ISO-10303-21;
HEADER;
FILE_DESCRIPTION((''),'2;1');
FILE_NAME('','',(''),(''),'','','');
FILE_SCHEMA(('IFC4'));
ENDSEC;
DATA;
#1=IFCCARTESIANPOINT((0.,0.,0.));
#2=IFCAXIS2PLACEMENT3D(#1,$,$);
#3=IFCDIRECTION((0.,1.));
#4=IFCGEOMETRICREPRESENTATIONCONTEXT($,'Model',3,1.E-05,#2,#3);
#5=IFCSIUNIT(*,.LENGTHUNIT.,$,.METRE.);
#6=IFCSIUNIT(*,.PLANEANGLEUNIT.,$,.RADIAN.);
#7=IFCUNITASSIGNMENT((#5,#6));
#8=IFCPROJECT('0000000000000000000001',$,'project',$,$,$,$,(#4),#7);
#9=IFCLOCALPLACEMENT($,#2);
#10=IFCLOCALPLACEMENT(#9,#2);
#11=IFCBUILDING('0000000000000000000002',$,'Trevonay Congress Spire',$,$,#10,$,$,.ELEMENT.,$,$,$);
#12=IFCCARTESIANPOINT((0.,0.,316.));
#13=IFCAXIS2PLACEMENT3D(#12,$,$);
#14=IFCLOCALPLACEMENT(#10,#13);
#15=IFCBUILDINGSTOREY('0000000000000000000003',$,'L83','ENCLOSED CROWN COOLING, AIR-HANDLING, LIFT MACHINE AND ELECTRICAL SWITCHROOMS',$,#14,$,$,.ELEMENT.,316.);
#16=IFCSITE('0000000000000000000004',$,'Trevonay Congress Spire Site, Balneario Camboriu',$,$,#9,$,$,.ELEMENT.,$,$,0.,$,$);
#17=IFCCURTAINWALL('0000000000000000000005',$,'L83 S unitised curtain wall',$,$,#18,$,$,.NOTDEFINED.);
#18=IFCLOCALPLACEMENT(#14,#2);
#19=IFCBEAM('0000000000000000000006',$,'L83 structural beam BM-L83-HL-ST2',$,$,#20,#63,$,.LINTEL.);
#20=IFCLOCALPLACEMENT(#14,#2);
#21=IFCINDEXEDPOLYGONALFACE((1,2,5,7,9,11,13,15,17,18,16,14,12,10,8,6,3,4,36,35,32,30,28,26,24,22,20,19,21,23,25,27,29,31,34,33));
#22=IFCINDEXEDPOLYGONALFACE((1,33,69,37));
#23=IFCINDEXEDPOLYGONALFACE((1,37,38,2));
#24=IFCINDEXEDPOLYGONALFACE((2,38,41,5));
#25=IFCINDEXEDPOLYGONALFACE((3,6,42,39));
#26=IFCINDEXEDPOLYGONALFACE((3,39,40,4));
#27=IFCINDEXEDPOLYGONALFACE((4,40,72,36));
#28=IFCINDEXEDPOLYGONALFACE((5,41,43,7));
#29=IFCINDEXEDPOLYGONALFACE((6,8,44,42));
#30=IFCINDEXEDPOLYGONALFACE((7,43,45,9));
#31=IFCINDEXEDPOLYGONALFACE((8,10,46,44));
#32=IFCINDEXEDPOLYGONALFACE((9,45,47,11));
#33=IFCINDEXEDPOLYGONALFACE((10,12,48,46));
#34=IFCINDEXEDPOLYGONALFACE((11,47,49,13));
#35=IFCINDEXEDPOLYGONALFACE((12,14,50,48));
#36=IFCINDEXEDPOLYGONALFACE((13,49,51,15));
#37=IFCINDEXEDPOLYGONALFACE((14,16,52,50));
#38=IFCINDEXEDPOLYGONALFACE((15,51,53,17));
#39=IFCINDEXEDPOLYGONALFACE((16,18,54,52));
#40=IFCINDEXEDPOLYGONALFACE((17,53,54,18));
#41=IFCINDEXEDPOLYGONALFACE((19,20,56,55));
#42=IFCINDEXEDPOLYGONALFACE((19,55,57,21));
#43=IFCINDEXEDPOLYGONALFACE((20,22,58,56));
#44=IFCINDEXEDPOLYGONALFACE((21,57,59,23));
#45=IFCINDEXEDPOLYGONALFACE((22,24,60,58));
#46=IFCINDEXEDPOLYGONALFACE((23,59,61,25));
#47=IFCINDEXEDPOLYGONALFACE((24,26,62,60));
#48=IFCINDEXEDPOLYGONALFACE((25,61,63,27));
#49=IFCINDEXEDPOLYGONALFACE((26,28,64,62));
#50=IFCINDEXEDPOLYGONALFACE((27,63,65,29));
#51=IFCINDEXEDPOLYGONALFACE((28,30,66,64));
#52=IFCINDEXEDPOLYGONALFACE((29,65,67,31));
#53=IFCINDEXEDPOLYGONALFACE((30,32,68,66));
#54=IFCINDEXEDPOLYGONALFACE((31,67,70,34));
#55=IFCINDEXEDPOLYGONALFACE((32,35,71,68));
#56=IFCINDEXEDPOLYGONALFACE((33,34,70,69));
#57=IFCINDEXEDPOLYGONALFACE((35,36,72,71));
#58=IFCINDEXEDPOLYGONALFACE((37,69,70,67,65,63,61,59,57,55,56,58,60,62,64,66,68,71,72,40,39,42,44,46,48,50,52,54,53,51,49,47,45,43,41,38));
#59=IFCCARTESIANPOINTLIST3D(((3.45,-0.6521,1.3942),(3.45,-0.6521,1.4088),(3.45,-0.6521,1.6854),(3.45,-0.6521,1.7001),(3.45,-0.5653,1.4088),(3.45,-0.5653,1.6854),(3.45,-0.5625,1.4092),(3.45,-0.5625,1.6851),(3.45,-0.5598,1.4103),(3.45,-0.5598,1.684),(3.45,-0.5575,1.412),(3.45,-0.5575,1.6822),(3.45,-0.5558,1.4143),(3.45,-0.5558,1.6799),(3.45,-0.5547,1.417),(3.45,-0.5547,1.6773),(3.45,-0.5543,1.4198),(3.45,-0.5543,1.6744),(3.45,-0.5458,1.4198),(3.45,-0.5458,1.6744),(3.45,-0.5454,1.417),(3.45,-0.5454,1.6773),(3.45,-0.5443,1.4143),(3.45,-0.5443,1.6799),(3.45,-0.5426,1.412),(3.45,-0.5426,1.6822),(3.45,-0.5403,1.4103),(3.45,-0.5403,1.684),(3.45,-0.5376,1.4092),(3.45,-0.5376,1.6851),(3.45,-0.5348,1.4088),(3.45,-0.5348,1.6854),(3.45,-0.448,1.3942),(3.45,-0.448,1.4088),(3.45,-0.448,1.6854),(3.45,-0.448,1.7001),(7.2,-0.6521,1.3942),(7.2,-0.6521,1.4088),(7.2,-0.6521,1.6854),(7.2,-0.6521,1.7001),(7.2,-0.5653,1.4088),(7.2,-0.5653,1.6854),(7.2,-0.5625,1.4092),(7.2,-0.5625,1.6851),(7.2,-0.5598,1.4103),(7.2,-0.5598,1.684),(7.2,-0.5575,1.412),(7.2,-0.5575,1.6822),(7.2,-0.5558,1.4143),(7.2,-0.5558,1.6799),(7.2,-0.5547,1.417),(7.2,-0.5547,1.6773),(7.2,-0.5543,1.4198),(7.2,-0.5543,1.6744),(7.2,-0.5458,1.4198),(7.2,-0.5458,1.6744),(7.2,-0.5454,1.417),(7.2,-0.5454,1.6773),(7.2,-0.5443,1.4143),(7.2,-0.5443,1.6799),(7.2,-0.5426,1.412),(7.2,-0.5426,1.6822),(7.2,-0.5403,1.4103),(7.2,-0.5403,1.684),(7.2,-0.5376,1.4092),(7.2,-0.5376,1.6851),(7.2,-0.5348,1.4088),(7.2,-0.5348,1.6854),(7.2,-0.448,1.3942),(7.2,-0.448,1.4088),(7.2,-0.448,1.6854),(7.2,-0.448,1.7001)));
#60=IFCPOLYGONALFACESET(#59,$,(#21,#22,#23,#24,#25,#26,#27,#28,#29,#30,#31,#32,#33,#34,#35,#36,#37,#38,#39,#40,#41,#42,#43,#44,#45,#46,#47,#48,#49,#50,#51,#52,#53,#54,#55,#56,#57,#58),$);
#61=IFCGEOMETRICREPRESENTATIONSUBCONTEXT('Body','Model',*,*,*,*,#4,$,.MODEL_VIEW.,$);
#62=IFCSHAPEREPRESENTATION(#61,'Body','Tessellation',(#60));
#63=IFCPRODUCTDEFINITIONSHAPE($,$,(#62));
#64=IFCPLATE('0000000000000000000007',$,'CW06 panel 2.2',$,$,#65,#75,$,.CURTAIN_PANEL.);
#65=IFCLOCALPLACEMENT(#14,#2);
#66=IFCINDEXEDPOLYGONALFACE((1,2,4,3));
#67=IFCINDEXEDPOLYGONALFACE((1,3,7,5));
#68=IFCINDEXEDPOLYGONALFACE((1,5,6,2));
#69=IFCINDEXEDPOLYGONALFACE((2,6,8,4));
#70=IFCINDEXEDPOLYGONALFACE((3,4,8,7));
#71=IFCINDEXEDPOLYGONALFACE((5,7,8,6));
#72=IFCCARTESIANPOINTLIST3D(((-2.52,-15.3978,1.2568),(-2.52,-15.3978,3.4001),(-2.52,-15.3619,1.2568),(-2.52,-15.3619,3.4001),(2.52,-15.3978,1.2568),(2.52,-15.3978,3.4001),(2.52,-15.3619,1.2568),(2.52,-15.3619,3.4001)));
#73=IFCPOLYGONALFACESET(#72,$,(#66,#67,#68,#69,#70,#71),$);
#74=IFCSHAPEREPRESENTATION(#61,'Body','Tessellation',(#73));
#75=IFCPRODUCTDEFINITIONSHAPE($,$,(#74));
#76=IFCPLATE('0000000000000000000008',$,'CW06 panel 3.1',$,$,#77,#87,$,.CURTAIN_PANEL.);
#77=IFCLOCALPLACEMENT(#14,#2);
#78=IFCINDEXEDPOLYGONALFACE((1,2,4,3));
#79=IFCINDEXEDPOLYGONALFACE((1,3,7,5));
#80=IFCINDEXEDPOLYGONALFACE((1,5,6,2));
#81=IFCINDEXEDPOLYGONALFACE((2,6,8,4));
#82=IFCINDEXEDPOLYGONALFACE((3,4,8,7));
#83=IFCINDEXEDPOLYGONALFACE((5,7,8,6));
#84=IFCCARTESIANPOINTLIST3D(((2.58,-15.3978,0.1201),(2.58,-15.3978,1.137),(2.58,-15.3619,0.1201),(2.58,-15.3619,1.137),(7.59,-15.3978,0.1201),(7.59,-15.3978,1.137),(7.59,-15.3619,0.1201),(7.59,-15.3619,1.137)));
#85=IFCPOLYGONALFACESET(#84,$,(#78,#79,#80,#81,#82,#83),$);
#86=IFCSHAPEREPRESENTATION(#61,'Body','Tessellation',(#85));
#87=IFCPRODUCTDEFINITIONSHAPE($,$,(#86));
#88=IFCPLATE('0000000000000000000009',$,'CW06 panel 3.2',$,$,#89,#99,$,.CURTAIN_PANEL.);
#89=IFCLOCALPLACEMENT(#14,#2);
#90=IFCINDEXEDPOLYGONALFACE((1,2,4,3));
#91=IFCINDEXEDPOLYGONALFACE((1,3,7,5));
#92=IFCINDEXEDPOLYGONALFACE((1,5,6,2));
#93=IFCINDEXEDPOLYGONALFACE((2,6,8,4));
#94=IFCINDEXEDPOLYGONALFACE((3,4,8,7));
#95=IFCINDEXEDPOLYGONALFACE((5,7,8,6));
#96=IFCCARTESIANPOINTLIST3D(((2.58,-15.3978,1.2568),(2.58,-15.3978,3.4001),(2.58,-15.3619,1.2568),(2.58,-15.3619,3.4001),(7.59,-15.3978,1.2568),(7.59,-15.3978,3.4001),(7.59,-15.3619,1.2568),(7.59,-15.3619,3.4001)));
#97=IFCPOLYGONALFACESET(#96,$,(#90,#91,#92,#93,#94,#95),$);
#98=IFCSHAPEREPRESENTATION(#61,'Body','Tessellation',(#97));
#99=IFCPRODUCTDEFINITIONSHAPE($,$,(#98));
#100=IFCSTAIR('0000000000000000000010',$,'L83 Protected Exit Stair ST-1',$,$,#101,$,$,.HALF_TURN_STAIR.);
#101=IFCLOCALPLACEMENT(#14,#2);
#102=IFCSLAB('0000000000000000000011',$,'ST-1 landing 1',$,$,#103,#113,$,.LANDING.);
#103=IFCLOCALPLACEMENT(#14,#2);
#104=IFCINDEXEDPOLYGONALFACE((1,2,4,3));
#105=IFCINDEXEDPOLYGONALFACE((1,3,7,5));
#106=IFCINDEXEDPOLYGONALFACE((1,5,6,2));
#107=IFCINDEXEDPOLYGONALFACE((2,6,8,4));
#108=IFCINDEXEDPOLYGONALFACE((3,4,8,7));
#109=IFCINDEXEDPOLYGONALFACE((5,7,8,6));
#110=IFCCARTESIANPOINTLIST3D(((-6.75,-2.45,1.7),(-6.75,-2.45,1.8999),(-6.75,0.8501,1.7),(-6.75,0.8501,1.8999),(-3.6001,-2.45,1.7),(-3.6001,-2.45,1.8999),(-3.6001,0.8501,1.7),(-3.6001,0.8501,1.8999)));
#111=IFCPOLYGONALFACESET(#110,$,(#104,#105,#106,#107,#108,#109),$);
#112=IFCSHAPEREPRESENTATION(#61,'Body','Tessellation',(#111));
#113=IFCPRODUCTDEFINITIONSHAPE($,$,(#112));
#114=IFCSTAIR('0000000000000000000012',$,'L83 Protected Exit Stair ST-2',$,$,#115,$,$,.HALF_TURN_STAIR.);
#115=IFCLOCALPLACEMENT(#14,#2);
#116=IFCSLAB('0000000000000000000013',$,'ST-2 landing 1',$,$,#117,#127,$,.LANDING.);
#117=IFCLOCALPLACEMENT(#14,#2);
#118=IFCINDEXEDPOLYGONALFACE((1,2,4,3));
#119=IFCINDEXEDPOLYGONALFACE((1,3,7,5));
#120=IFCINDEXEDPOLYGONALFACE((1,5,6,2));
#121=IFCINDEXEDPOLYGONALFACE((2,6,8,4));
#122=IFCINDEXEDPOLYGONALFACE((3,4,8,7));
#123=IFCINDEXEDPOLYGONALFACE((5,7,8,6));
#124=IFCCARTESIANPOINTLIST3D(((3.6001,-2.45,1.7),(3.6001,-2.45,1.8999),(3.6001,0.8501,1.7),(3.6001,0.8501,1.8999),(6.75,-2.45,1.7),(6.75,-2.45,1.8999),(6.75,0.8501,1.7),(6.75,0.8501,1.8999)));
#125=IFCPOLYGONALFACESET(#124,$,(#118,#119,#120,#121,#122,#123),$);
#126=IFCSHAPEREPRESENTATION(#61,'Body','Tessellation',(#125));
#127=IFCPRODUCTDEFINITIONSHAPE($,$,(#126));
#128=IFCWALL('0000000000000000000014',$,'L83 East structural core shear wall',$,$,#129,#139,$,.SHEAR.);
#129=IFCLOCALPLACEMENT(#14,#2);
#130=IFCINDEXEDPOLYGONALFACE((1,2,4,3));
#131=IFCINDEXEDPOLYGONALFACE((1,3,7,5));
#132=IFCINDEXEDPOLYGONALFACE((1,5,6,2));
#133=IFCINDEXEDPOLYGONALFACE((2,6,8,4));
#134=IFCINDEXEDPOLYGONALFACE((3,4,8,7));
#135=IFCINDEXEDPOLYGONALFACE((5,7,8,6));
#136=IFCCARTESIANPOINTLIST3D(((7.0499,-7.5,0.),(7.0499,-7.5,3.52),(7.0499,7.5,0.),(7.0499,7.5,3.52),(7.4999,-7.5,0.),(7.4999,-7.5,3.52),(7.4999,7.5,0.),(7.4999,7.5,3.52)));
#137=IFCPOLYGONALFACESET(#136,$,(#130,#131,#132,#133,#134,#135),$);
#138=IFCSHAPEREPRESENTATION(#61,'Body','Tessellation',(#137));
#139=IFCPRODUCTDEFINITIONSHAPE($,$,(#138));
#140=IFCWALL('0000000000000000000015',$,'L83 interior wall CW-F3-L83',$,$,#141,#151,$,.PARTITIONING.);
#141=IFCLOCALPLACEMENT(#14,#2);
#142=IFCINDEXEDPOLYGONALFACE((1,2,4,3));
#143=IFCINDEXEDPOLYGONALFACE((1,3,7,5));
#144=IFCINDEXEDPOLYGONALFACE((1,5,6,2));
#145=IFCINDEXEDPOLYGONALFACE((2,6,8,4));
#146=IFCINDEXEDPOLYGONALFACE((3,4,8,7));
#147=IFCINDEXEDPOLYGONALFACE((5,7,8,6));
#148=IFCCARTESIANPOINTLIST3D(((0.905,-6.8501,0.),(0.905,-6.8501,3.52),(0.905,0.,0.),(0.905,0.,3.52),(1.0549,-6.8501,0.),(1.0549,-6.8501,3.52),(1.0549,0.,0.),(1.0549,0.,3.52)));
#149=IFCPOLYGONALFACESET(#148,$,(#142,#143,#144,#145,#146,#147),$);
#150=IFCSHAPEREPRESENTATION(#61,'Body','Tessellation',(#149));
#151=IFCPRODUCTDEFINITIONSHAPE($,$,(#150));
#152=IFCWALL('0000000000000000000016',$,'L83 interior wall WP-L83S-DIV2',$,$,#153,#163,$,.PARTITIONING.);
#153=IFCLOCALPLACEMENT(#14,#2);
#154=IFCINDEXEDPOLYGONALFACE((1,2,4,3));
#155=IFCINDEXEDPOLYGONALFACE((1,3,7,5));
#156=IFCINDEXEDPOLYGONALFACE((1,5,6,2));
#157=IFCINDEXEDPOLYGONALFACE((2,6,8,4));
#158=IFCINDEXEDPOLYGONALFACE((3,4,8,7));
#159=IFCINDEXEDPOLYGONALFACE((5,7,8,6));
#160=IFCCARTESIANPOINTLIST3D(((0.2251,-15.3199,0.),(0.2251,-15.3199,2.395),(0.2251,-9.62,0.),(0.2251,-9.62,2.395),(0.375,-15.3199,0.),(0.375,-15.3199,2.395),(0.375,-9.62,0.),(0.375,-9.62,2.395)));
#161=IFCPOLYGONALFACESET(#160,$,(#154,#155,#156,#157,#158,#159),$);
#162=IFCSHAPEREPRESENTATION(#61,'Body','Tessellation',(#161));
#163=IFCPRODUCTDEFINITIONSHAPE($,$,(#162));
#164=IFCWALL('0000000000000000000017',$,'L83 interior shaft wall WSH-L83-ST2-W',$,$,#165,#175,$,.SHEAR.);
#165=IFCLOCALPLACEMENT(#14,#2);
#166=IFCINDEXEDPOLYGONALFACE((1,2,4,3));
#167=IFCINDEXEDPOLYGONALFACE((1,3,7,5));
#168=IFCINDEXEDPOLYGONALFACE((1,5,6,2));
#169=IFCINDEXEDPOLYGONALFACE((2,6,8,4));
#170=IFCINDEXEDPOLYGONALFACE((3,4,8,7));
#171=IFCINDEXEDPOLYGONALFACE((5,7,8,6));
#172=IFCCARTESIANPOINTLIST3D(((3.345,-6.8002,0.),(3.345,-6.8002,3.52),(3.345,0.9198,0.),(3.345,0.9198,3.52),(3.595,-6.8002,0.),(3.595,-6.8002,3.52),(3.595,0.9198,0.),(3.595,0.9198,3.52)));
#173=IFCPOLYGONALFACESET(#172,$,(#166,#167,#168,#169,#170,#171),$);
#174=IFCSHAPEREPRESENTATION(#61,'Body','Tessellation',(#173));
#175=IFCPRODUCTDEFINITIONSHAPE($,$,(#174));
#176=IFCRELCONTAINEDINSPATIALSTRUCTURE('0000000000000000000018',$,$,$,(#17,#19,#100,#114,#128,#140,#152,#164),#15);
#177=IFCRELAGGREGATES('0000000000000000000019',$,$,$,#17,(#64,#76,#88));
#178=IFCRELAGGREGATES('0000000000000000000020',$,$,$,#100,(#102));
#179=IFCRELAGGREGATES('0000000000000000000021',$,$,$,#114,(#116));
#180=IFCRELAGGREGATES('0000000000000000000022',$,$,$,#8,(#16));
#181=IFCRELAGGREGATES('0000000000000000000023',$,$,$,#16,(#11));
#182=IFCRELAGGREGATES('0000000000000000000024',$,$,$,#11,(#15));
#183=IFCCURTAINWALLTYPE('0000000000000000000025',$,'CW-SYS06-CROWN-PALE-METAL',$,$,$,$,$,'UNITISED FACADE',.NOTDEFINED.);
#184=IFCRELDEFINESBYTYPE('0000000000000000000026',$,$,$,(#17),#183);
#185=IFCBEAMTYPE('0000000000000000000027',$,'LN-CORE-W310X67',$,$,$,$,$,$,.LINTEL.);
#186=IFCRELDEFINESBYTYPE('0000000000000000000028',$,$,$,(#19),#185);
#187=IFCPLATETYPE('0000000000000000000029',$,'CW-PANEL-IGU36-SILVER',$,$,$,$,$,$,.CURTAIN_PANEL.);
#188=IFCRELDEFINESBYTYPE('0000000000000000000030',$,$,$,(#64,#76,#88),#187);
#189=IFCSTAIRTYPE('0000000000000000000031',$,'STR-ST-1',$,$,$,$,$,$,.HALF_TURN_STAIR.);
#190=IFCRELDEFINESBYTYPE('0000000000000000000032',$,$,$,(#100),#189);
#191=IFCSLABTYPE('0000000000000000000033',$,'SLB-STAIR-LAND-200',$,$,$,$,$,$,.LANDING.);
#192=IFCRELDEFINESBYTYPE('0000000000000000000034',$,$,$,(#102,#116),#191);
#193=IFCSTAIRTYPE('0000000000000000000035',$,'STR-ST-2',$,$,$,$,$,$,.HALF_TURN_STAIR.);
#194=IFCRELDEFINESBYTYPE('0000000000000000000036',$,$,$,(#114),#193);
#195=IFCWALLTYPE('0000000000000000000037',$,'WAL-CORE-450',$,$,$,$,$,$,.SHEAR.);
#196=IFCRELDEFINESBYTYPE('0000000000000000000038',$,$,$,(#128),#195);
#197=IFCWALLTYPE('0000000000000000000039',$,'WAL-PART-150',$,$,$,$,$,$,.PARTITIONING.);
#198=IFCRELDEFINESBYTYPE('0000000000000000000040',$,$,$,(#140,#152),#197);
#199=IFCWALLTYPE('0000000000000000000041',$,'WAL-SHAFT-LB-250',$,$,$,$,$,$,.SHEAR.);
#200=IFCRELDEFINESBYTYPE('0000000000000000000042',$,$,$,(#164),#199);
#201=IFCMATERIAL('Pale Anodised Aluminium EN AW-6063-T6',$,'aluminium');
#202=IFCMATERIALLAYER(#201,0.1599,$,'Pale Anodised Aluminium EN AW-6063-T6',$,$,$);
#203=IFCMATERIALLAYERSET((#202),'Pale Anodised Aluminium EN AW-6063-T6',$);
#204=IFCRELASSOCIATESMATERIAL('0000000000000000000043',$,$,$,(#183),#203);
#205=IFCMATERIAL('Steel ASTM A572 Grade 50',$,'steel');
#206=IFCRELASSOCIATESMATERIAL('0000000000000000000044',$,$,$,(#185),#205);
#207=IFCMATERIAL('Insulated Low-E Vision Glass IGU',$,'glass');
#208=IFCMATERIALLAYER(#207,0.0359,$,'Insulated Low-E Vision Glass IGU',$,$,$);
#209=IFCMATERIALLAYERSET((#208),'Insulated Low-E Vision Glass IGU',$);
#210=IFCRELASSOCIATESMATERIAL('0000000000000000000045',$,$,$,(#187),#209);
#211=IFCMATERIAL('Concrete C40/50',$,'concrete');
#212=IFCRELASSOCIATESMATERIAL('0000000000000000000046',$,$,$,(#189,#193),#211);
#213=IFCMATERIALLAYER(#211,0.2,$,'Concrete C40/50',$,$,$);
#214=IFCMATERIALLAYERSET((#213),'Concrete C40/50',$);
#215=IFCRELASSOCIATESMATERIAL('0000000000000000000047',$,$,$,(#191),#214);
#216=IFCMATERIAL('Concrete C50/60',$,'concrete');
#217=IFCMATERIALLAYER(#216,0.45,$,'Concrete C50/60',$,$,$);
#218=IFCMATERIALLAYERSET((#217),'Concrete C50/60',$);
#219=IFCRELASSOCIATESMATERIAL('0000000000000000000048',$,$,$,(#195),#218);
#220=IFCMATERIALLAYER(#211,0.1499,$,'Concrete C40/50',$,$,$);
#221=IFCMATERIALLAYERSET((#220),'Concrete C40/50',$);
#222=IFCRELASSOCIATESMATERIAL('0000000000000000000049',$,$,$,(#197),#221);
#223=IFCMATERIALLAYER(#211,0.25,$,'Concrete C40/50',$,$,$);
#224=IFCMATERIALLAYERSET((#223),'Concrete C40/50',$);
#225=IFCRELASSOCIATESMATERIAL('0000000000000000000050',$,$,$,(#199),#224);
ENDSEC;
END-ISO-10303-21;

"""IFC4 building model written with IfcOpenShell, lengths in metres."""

from ifc_helpers import new_model, si_unit, direction, frame, frame_2d, origin, origin_2d, place, context, subcontext, project, spatial, polyline, rectangle, i_section, outline, extrude, material, layer, layer_set, material_profile, profile_set, type_object, element, aggregate, save


model = new_model("IFC4")

# Units and contexts
model_context = context("Model", 3, precision=1e-05, world=origin(), true_north=direction((0.0, 1.0)))
body_context = subcontext(model_context, "Body", "Model", "MODEL_VIEW")
ifc_project = project(units=[si_unit("LENGTHUNIT", "METRE"), si_unit("PLANEANGLEUNIT", "RADIAN")], contexts=[model_context])

# Site, building, storey
site_placement = place(None, origin())
site = spatial("IfcSite", under=ifc_project, at=site_placement, Name="Trevonay Congress Spire Site, Balneario Camboriu", CompositionType="ELEMENT", RefElevation=0.0)
building_placement = place(site_placement, origin())
building = spatial("IfcBuilding", under=site, at=building_placement, Name="Trevonay Congress Spire", CompositionType="ELEMENT")
storey_placement = place(building_placement, frame((0.0, 0.0, 316.0)))
storey = spatial("IfcBuildingStorey", under=building, at=storey_placement, Name="L83", Description="ENCLOSED CROWN COOLING, AIR-HANDLING, LIFT MACHINE AND ELECTRICAL SWITCHROOMS", CompositionType="ELEMENT", Elevation=316.0)

# Shared definitions
ifc_material_1 = material(Name="Steel ASTM A572 Grade 50", Category="steel")

# Curtain wall
ifc_material_2 = material(Name="Pale Anodised Aluminium EN AW-6063-T6", Category="aluminium")
ifc_layer_1 = layer(ifc_material_2, 0.1599, Name="Pale Anodised Aluminium EN AW-6063-T6")
ifc_layer_set_1 = layer_set([ifc_layer_1], Name="Pale Anodised Aluminium EN AW-6063-T6")
curtain_wall_type = type_object("IfcCurtainWallType", Name="CW-SYS06-CROWN-PALE-METAL", ElementType="UNITISED FACADE", PredefinedType="NOTDEFINED", material=ifc_layer_set_1)
curtain_wall_placement = place(storey_placement, origin())
curtain_wall = element("IfcCurtainWall", 1, at=curtain_wall_placement, inside=storey, type_object=curtain_wall_type, Name="L83 S unitised curtain wall", PredefinedType="NOTDEFINED")

# Beam
ifc_material_profile_1 = material_profile(ifc_material_1, i_section(OverallWidth=0.2041, OverallDepth=0.3059, WebThickness=0.0085, FlangeThickness=0.0146, FilletRadius=0.011, at=origin_2d()), Name="W310x67")
ifc_profile_set_1 = profile_set([ifc_material_profile_1], Name="Steel ASTM A572 Grade 50")
beam_type_1 = type_object("IfcBeamType", Name="LN-CORE-W310X67", PredefinedType="LINTEL", material=ifc_profile_set_1)
beam_1_placement = place(storey_placement, frame((3.45, -0.55, 1.5471), z_axis=(1.0, 0.0, 0.0), x_axis=(0.0, 1.0, 0.0)))
element("IfcBeam", 2, at=beam_1_placement, inside=storey, type_object=beam_type_1, Name="L83 structural beam BM-L83-HL-ST2", PredefinedType="LINTEL", context=body_context, shape_type="SweptSolid", body=[
    extrude(i_section(OverallWidth=0.2041, OverallDepth=0.3059, WebThickness=0.0085, FlangeThickness=0.0146, FilletRadius=0.011, at=origin_2d()), origin(), (0.0, 0.0, 1.0), 3.75),
])

# Plates
ifc_material_3 = material(Name="Insulated Low-E Vision Glass IGU", Category="glass")
ifc_layer_2 = layer(ifc_material_3, 0.0359, Name="Insulated Low-E Vision Glass IGU")
ifc_layer_set_2 = layer_set([ifc_layer_2], Name="Insulated Low-E Vision Glass IGU")
plate_type = type_object("IfcPlateType", Name="CW-PANEL-IGU36-SILVER", PredefinedType="CURTAIN_PANEL", material=ifc_layer_set_2)
plate_1_placement = place(storey_placement, frame((0.0, -15.3799, 1.2568), z_axis=(0.0, 0.0, 1.0), x_axis=(1.0, 0.0, 0.0)))
plate_1 = element("IfcPlate", 3, at=plate_1_placement, type_object=plate_type, Name="CW06 panel 2.2", PredefinedType="CURTAIN_PANEL", context=body_context, shape_type="SweptSolid", body=[
    extrude(rectangle(XDim=5.04, YDim=0.0359, at=origin_2d()), origin(), (0.0, 0.0, 1.0), 2.1433),
])
plate_2_placement = place(storey_placement, frame((5.085, -15.3799, 0.1201), z_axis=(0.0, 0.0, 1.0), x_axis=(1.0, 0.0, 0.0)))
plate_2 = element("IfcPlate", 4, at=plate_2_placement, type_object=plate_type, Name="CW06 panel 3.1", PredefinedType="CURTAIN_PANEL", context=body_context, shape_type="SweptSolid", body=[
    extrude(rectangle(XDim=5.01, YDim=0.0359, at=origin_2d()), origin(), (0.0, 0.0, 1.0), 1.0168),
])
plate_3_placement = place(storey_placement, frame((5.085, -15.3799, 1.2568), z_axis=(0.0, 0.0, 1.0), x_axis=(1.0, 0.0, 0.0)))
plate_3 = element("IfcPlate", 5, at=plate_3_placement, type_object=plate_type, Name="CW06 panel 3.2", PredefinedType="CURTAIN_PANEL", context=body_context, shape_type="SweptSolid", body=[
    extrude(rectangle(XDim=5.01, YDim=0.0359, at=origin_2d()), origin(), (0.0, 0.0, 1.0), 2.1433),
])
aggregate(curtain_wall, [plate_1, plate_2, plate_3])

# Stairs, slabs
ifc_material_4 = material(Name="Concrete C40/50", Category="concrete")
stair_type_1 = type_object("IfcStairType", Name="STR-ST-1", PredefinedType="HALF_TURN_STAIR", material=ifc_material_4)
stair_1_placement = place(storey_placement, origin())
stair_1 = element("IfcStair", 6, at=stair_1_placement, inside=storey, type_object=stair_type_1, Name="L83 Protected Exit Stair ST-1", PredefinedType="HALF_TURN_STAIR")
ifc_layer_3 = layer(ifc_material_4, 0.2, Name="Concrete C40/50")
ifc_layer_set_3 = layer_set([ifc_layer_3], Name="Concrete C40/50")
slab_type = type_object("IfcSlabType", Name="SLB-STAIR-LAND-200", PredefinedType="LANDING", material=ifc_layer_set_3)
slab_1_placement = place(storey_placement, frame((0.0, 0.0, 1.7)))
slab_1 = element("IfcSlab", 7, at=slab_1_placement, type_object=slab_type, Name="ST-1 landing 1", PredefinedType="LANDING", context=body_context, shape_type="SweptSolid", body=[
    extrude(outline(polyline([(-3.6001, -2.45), (-3.6001, 0.8501), (-6.75, 0.8501), (-6.75, -2.45), (-3.6001, -2.45)])), origin(), (0.0, 0.0, 1.0), 0.2),
])
aggregate(stair_1, [slab_1])
stair_type_2 = type_object("IfcStairType", Name="STR-ST-2", PredefinedType="HALF_TURN_STAIR", material=ifc_material_4)
stair_2_placement = place(storey_placement, origin())
stair_2 = element("IfcStair", 8, at=stair_2_placement, inside=storey, type_object=stair_type_2, Name="L83 Protected Exit Stair ST-2", PredefinedType="HALF_TURN_STAIR")
slab_2_placement = place(storey_placement, frame((0.0, 0.0, 1.7)))
slab_2 = element("IfcSlab", 9, at=slab_2_placement, type_object=slab_type, Name="ST-2 landing 1", PredefinedType="LANDING", context=body_context, shape_type="SweptSolid", body=[
    extrude(outline(polyline([(6.75, -2.45), (6.75, 0.8501), (3.6001, 0.8501), (3.6001, -2.45), (6.75, -2.45)])), origin(), (0.0, 0.0, 1.0), 0.2),
])

# Walls
ifc_material_5 = material(Name="Concrete C50/60", Category="concrete")
ifc_layer_4 = layer(ifc_material_5, 0.45, Name="Concrete C50/60")
ifc_layer_set_4 = layer_set([ifc_layer_4], Name="Concrete C50/60")
wall_type_1 = type_object("IfcWallType", Name="WAL-CORE-450", PredefinedType="SHEAR", material=ifc_layer_set_4)
wall_1_placement = place(storey_placement, frame((7.2749, -7.5, 0.0), z_axis=(0.0, 0.0, 1.0), x_axis=(0.0, 1.0, 0.0)))
element("IfcWall", 10, at=wall_1_placement, inside=storey, type_object=wall_type_1, Name="L83 East structural core shear wall", PredefinedType="SHEAR", context=body_context, shape_type="SweptSolid", body=[
    extrude(rectangle(XDim=15.0, YDim=0.45, at=frame_2d((7.5, 0.0))), origin(), (0.0, 0.0, 1.0), 3.52),
])
ifc_layer_5 = layer(ifc_material_4, 0.1499, Name="Concrete C40/50")
ifc_layer_set_5 = layer_set([ifc_layer_5], Name="Concrete C40/50")
wall_type_2 = type_object("IfcWallType", Name="WAL-PART-150", PredefinedType="PARTITIONING", material=ifc_layer_set_5)
wall_2_placement = place(storey_placement, frame((0.98, -6.8501, 0.0), z_axis=(0.0, 0.0, 1.0), x_axis=(0.0, 1.0, 0.0)))
element("IfcWall", 11, at=wall_2_placement, inside=storey, type_object=wall_type_2, Name="L83 interior wall CW-F3-L83", PredefinedType="PARTITIONING", context=body_context, shape_type="SweptSolid", body=[
    extrude(rectangle(XDim=6.8501, YDim=0.1499, at=frame_2d((3.425, 0.0))), origin(), (0.0, 0.0, 1.0), 3.52),
])
wall_3_placement = place(storey_placement, frame((0.3, -15.3201, 0.0), z_axis=(0.0, 0.0, 1.0), x_axis=(0.0, 1.0, 0.0)))
element("IfcWall", 12, at=wall_3_placement, inside=storey, type_object=wall_type_2, Name="L83 interior wall WP-L83S-DIV2", PredefinedType="PARTITIONING", context=body_context, shape_type="SweptSolid", body=[
    extrude(rectangle(XDim=5.7, YDim=0.1499, at=frame_2d((2.8501, 0.0))), origin(), (0.0, 0.0, 1.0), 2.395),
])
ifc_layer_6 = layer(ifc_material_4, 0.25, Name="Concrete C40/50")
ifc_layer_set_6 = layer_set([ifc_layer_6], Name="Concrete C40/50")
wall_type_3 = type_object("IfcWallType", Name="WAL-SHAFT-LB-250", PredefinedType="SHEAR", material=ifc_layer_set_6)
wall_4_placement = place(storey_placement, frame((3.47, -6.8, 0.0), z_axis=(0.0, 0.0, 1.0), x_axis=(0.0, 1.0, 0.0)))
element("IfcWall", 13, at=wall_4_placement, inside=storey, type_object=wall_type_3, Name="L83 interior shaft wall WSH-L83-ST2-W", PredefinedType="SHEAR", context=body_context, shape_type="SweptSolid", body=[
    extrude(rectangle(XDim=7.72, YDim=0.25, at=frame_2d((3.8599, 0.0))), origin(), (0.0, 0.0, 1.0), 3.52),
])

aggregate(stair_2, [slab_2])

save(model, "model.ifc")
